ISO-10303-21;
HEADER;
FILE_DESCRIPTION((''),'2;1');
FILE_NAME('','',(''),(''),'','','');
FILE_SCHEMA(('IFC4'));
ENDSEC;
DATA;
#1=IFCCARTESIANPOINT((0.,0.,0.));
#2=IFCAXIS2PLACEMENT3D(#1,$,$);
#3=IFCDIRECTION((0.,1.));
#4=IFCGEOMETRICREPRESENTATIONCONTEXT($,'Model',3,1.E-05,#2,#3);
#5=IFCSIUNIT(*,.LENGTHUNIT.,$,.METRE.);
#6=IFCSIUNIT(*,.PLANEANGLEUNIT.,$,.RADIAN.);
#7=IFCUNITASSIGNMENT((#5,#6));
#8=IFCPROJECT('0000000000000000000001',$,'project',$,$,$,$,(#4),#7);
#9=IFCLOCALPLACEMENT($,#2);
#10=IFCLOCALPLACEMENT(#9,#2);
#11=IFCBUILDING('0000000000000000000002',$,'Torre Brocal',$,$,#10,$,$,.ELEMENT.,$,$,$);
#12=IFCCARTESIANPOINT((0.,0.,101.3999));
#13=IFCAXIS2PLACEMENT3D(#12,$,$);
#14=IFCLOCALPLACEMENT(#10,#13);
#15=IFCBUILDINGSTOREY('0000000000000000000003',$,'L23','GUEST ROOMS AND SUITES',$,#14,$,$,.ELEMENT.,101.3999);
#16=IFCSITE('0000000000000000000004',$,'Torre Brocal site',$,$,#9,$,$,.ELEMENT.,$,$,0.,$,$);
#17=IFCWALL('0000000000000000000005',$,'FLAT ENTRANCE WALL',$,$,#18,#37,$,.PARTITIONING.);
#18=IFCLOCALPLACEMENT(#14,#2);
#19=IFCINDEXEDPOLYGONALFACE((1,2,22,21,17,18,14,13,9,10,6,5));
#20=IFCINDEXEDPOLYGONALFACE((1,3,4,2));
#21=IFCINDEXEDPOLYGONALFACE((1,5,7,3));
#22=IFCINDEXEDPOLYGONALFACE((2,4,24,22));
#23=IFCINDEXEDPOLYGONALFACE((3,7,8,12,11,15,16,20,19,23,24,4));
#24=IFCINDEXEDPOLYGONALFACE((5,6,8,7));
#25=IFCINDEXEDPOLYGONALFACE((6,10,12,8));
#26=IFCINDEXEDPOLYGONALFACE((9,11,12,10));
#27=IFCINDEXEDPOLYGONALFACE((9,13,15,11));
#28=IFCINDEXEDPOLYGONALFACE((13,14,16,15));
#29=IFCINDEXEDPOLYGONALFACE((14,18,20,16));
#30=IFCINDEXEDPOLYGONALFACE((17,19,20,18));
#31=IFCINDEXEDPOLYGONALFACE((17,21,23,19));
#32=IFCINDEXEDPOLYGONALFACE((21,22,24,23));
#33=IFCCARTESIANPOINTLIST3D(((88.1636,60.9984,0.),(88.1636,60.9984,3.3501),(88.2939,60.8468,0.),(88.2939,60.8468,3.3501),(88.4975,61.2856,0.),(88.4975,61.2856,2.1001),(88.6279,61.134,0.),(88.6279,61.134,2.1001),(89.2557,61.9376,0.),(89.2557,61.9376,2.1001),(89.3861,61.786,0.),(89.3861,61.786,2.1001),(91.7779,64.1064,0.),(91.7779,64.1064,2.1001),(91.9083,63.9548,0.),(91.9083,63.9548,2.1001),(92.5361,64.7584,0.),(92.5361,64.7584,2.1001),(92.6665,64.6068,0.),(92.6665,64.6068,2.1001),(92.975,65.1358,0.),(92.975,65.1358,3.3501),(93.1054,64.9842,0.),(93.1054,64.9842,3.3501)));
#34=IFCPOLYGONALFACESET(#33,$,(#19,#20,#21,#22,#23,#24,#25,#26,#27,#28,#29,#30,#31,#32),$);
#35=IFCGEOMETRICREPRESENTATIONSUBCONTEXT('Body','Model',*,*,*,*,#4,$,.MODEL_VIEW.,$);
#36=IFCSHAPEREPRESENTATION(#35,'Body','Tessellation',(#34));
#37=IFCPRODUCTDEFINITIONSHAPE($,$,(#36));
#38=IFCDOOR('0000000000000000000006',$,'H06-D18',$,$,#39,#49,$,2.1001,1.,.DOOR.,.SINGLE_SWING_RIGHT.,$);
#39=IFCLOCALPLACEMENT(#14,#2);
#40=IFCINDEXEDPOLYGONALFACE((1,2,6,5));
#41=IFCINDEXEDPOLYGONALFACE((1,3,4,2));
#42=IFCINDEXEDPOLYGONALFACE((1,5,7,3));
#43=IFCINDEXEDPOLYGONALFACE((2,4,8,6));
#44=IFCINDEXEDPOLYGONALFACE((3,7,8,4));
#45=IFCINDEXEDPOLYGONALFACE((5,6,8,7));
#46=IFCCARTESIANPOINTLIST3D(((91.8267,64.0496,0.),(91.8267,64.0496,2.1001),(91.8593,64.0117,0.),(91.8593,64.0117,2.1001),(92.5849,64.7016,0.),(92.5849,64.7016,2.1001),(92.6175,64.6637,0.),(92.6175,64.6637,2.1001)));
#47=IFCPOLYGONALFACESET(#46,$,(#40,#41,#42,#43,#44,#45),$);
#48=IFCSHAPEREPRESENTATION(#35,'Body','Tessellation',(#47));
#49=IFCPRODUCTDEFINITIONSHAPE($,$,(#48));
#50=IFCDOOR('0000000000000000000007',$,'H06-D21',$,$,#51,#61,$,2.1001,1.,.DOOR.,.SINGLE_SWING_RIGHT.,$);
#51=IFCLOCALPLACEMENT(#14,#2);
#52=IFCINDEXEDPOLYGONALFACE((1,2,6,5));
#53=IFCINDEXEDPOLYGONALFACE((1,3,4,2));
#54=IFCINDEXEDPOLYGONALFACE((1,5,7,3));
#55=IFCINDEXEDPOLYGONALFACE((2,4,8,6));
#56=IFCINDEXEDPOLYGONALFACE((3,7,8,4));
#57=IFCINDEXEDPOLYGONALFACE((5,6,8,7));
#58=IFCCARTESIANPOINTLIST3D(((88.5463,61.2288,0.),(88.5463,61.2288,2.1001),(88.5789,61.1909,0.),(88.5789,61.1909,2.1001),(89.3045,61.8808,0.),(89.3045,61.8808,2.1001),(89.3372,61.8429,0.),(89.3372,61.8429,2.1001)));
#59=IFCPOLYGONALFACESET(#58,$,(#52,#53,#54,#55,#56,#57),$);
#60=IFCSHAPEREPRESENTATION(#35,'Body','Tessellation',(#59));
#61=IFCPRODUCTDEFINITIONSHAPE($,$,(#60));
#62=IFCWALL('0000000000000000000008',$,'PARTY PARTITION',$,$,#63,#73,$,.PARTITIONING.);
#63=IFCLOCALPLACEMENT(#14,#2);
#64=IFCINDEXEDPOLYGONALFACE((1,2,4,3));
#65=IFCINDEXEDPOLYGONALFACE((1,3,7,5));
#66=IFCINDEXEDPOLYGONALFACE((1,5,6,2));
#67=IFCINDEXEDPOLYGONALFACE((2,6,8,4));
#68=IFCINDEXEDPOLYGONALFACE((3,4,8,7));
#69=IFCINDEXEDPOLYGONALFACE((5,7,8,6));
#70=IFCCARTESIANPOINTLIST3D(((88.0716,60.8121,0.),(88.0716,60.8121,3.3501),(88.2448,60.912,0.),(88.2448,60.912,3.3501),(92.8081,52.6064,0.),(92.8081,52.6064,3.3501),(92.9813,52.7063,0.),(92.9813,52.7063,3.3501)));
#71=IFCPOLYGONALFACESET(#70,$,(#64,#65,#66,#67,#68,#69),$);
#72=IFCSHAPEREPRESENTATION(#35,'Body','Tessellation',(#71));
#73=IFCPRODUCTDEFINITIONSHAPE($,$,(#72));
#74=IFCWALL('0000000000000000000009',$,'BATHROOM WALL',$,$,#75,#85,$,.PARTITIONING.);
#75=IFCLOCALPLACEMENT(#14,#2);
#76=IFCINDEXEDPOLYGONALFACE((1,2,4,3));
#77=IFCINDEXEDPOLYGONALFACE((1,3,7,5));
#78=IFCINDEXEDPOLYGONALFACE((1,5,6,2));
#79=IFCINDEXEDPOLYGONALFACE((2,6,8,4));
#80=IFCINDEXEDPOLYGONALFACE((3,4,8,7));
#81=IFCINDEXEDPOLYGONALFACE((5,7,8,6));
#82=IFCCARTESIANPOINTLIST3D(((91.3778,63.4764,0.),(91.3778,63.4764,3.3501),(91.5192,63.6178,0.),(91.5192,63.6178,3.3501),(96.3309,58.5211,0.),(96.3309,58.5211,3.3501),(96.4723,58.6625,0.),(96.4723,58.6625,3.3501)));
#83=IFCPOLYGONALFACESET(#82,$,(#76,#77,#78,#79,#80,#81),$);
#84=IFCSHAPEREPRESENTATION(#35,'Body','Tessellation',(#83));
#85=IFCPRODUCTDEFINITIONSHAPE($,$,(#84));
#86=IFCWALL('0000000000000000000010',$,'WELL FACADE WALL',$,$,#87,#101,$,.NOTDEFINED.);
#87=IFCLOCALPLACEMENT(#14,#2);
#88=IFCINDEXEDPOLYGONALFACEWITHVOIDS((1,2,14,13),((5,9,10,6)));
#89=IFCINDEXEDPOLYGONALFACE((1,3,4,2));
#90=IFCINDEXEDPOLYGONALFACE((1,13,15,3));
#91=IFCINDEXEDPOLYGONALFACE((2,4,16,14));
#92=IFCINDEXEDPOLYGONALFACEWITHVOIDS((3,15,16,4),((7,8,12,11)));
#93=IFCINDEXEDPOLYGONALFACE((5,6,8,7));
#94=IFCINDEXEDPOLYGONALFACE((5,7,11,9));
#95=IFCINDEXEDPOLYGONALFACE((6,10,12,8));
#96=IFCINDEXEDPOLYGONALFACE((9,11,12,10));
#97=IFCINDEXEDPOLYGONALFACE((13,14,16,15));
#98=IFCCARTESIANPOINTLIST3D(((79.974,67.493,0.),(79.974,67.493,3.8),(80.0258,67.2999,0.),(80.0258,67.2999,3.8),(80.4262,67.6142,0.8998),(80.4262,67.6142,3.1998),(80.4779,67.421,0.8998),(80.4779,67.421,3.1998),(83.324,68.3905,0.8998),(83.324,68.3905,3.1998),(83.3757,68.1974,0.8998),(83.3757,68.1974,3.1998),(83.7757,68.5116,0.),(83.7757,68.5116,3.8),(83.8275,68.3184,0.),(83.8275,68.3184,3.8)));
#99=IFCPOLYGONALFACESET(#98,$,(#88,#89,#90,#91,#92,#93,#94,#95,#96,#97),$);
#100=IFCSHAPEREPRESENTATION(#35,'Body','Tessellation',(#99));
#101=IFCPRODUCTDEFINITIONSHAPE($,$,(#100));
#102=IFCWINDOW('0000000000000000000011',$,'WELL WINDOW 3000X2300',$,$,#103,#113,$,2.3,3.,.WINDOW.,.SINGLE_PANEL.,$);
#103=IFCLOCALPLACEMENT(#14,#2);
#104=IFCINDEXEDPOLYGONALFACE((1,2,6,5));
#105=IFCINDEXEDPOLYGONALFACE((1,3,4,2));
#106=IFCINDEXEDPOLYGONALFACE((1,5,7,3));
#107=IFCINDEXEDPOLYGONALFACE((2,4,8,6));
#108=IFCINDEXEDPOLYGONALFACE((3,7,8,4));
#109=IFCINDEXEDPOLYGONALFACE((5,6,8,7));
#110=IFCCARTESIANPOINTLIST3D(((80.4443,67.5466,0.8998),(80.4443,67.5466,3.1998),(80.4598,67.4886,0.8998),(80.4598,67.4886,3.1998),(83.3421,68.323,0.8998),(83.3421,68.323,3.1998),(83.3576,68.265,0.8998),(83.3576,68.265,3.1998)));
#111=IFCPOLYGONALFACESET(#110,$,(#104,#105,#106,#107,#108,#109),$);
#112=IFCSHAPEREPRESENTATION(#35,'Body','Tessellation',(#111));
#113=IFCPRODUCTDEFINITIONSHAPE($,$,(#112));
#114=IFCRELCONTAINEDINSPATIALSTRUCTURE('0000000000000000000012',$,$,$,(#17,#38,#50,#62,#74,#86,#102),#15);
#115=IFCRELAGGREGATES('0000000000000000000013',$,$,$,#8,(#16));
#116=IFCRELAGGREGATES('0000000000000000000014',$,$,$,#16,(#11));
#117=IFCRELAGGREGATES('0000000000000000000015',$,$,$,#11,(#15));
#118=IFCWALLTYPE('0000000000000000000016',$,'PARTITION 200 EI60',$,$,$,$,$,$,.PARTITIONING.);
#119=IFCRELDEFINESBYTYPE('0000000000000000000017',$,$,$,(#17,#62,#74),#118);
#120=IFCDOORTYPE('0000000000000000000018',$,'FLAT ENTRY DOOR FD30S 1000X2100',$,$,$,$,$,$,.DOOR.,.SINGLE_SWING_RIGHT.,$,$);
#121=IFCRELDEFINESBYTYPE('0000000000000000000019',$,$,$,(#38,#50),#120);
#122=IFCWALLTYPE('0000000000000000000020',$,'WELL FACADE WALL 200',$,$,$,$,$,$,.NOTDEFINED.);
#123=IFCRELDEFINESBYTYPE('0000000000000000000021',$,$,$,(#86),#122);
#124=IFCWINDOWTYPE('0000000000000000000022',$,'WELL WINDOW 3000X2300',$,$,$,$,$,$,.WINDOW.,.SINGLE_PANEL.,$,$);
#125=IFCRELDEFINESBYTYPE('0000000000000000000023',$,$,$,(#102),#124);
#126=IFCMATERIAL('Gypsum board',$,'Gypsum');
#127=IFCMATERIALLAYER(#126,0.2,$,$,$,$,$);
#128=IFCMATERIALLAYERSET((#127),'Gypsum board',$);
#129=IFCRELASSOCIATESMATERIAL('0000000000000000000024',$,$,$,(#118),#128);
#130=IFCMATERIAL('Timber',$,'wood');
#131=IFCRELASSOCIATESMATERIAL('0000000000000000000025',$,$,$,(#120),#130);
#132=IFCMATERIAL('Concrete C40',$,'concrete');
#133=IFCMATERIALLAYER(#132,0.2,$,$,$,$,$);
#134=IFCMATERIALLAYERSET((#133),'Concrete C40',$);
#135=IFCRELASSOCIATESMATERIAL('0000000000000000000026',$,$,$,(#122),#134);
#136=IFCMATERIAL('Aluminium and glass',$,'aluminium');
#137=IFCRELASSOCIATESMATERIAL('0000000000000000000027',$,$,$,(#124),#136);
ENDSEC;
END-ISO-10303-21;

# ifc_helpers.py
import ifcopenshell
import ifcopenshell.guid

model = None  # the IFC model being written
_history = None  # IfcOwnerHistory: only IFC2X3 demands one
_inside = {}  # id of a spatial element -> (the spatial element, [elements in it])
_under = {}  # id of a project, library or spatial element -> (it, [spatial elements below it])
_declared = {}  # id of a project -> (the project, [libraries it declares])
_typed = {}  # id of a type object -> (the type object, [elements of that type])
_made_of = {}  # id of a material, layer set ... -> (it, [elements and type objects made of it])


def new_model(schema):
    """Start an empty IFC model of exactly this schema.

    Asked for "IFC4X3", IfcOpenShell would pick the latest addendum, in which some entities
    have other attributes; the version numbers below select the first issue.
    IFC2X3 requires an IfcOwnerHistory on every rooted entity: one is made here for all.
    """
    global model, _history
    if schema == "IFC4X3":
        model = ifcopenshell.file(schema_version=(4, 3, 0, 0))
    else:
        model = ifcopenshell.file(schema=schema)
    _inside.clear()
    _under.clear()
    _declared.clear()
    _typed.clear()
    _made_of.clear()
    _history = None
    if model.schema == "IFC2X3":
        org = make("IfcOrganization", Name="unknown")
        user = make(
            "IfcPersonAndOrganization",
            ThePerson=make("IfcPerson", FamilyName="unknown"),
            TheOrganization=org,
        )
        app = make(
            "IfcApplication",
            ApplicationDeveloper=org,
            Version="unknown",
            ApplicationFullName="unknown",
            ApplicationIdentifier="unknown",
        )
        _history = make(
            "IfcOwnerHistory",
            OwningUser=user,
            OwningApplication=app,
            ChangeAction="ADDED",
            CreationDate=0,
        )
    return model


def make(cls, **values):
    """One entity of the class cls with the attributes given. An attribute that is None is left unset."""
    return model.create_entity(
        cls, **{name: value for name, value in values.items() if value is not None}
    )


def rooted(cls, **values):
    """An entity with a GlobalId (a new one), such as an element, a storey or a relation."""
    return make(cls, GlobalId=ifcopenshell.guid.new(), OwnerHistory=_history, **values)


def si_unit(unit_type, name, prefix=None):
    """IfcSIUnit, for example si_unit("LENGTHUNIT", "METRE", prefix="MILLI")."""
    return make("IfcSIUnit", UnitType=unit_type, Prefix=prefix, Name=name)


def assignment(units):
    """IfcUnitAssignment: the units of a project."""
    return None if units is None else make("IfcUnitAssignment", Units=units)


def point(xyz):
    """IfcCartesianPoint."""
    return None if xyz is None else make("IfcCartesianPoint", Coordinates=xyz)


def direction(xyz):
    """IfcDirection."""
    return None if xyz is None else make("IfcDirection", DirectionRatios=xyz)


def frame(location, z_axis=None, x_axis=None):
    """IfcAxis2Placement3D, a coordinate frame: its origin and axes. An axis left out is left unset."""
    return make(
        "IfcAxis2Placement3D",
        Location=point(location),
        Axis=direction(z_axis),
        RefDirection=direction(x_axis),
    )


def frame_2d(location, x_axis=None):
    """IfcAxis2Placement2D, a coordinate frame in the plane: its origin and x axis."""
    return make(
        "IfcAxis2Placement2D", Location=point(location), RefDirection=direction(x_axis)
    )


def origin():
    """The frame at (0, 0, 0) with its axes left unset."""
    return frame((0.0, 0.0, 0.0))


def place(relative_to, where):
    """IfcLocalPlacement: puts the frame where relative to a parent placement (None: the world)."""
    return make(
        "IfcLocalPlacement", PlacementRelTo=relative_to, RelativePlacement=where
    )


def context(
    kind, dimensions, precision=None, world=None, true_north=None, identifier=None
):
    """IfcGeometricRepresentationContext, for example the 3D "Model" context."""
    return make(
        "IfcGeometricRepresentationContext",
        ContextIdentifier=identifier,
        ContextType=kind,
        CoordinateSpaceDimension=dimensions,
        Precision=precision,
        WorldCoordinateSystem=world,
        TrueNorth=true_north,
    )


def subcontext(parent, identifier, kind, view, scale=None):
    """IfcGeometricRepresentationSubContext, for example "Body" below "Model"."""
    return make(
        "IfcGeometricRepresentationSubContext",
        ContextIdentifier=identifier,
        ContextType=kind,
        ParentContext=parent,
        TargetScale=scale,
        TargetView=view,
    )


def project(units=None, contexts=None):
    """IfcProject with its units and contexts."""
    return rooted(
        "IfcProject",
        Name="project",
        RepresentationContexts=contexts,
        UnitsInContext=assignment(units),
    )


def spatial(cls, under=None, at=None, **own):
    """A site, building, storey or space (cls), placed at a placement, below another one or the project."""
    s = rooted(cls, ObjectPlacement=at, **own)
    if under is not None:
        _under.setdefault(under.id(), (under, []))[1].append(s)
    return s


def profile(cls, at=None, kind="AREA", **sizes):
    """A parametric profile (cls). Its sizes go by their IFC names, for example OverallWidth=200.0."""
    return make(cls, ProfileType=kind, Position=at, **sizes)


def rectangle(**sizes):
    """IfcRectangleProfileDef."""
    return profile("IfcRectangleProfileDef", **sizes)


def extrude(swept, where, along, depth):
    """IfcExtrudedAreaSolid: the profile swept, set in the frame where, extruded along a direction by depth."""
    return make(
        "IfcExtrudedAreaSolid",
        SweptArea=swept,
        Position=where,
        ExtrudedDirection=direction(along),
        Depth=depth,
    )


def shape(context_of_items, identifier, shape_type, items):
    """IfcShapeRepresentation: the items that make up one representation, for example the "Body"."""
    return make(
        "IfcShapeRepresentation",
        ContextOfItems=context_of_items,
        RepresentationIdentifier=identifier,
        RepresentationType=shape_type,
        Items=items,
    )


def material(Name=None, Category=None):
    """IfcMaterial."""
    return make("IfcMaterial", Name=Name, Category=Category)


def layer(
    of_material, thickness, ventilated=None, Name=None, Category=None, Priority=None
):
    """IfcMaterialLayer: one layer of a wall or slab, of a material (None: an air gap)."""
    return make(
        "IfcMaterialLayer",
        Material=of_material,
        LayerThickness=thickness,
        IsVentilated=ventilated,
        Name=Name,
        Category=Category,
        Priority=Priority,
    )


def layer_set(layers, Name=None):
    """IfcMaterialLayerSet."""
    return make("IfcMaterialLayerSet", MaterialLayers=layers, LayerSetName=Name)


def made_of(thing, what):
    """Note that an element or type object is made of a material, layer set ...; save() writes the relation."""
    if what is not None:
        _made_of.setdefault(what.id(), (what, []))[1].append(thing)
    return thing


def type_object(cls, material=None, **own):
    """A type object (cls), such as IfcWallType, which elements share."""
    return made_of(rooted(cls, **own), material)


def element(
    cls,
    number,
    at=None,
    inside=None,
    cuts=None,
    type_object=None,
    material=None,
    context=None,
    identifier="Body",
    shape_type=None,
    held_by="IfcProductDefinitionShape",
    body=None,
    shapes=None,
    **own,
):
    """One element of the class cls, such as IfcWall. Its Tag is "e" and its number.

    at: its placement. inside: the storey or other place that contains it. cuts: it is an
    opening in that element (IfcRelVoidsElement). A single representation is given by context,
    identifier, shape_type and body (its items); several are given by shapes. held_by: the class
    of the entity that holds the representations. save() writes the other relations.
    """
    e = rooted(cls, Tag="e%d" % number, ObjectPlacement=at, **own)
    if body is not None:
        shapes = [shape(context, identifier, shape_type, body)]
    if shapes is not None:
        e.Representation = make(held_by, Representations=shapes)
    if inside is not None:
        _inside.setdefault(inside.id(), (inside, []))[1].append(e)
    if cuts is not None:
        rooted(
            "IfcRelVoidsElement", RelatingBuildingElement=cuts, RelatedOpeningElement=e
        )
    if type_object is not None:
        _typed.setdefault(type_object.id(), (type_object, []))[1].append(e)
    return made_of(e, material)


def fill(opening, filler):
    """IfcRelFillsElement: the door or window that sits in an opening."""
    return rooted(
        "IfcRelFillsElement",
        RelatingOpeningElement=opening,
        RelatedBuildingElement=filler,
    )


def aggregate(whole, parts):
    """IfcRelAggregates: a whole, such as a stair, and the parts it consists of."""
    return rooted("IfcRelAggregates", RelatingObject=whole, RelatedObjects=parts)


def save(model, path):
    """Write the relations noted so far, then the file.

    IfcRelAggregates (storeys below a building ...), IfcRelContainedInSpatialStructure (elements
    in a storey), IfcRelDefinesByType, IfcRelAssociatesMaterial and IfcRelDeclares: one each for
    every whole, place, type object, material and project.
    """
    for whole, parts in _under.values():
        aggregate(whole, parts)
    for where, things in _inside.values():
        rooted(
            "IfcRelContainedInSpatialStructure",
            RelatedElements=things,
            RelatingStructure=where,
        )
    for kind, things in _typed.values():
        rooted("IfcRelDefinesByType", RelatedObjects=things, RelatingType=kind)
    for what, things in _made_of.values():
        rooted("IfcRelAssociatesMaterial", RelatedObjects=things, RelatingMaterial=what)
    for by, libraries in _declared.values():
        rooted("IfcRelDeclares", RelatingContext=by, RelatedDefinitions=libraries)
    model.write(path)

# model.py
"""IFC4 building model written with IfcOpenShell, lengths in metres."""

from ifc_helpers import new_model, si_unit, direction, frame, frame_2d, origin, place, context, subcontext, project, spatial, rectangle, extrude, material, layer, layer_set, type_object, element, fill, save


model = new_model("IFC4")

# Units and contexts
model_context = context("Model", 3, precision=1e-05, world=origin(), true_north=direction((0.0, 1.0)))
body_context = subcontext(model_context, "Body", "Model", "MODEL_VIEW")
ifc_project = project(units=[si_unit("LENGTHUNIT", "METRE"), si_unit("PLANEANGLEUNIT", "RADIAN")], contexts=[model_context])

# Site, building, storey
site_placement = place(None, origin())
site = spatial("IfcSite", under=ifc_project, at=site_placement, Name="Torre Brocal site", CompositionType="ELEMENT", RefElevation=0.0)
building_placement = place(site_placement, origin())
building = spatial("IfcBuilding", under=site, at=building_placement, Name="Torre Brocal", CompositionType="ELEMENT")
storey_placement = place(building_placement, frame((0.0, 0.0, 101.3999)))
storey = spatial("IfcBuildingStorey", under=building, at=storey_placement, Name="L23", Description="GUEST ROOMS AND SUITES", CompositionType="ELEMENT", Elevation=101.3999)

# Shared definitions
ifc_material_1 = material(Name="Gypsum board", Category="Gypsum")
ifc_layer_1 = layer(ifc_material_1, 0.2)
ifc_layer_set_1 = layer_set([ifc_layer_1], Name="Gypsum board")
wall_type_1 = type_object("IfcWallType", Name="PARTITION 200 EI60", PredefinedType="PARTITIONING", material=ifc_layer_set_1)

# Wall, openings, doors
wall_1_placement = place(storey_placement, frame((88.2288, 60.9226, 0.0), z_axis=(0.0, 0.0, 1.0), x_axis=(0.758221, 0.651998, 0.0)))
wall_1 = element("IfcWall", 1, at=wall_1_placement, inside=storey, type_object=wall_type_1, Name="FLAT ENTRANCE WALL", PredefinedType="PARTITIONING", context=body_context, shape_type="SweptSolid", body=[
    extrude(rectangle(XDim=6.3457, YDim=0.2, at=frame_2d((3.1729, 0.0))), origin(), (0.0, 0.0, 1.0), 3.3501),
])
opening_1_placement = place(wall_1_placement, frame((4.7668, 0.0, 0.0)))
opening_1 = element("IfcOpeningElement", 2, at=opening_1_placement, cuts=wall_1, PredefinedType="OPENING", context=body_context, shape_type="SweptSolid", body=[
    extrude(rectangle(XDim=1.0, YDim=2.1001, at=frame_2d((0.5, 1.05))), frame((0.0, 0.1099, 0.0), z_axis=(0.0, -1.0, 0.0), x_axis=(1.0, 0.0, 0.0)), (0.0, 0.0, 1.0), 0.22),
])
opening_2_placement = place(wall_1_placement, frame((0.4404, 0.0, 0.0)))
opening_2 = element("IfcOpeningElement", 3, at=opening_2_placement, cuts=wall_1, PredefinedType="OPENING", context=body_context, shape_type="SweptSolid", body=[
    extrude(rectangle(XDim=1.0, YDim=2.1001, at=frame_2d((0.5, 1.05))), frame((0.0, 0.1099, 0.0), z_axis=(0.0, -1.0, 0.0), x_axis=(1.0, 0.0, 0.0)), (0.0, 0.0, 1.0), 0.22),
])
ifc_material_2 = material(Name="Timber", Category="wood")
door_type_1 = type_object("IfcDoorType", Name="FLAT ENTRY DOOR FD30S 1000X2100", OperationType="SINGLE_SWING_RIGHT", PredefinedType="DOOR", material=ifc_material_2)
door_1_placement = place(opening_1_placement, frame((1.0, 0.0, 0.0), z_axis=(0.0, 0.0, 1.0), x_axis=(-1.0, 0.0, 0.0)))
door_1 = element("IfcDoor", 4, at=door_1_placement, inside=storey, type_object=door_type_1, Name="H06-D18", OperationType="SINGLE_SWING_RIGHT", OverallHeight=2.1001, OverallWidth=1.0, PredefinedType="DOOR", context=body_context, shape_type="SweptSolid", body=[
    extrude(rectangle(XDim=1.0, YDim=2.1001, at=frame_2d((0.5, 1.05))), frame((0.0, 0.0249, 0.0), z_axis=(0.0, -1.0, 0.0), x_axis=(1.0, 0.0, 0.0)), (0.0, 0.0, 1.0), 0.05),
])
fill(opening_1, door_1)
door_2_placement = place(opening_2_placement, frame((1.0, 0.0, 0.0), z_axis=(0.0, 0.0, 1.0), x_axis=(-1.0, 0.0, 0.0)))
door_2 = element("IfcDoor", 5, at=door_2_placement, inside=storey, type_object=door_type_1, Name="H06-D21", OperationType="SINGLE_SWING_RIGHT", OverallHeight=2.1001, OverallWidth=1.0, PredefinedType="DOOR", context=body_context, shape_type="SweptSolid", body=[
    extrude(rectangle(XDim=1.0, YDim=2.1001, at=frame_2d((0.5, 1.05))), frame((0.0, 0.0249, 0.0), z_axis=(0.0, -1.0, 0.0), x_axis=(1.0, 0.0, 0.0)), (0.0, 0.0, 1.0), 0.05),
])
fill(opening_2, door_2)

# Walls
wall_2_placement = place(storey_placement, frame((88.1582, 60.8621, 0.0), z_axis=(0.0, 0.0, 1.0), x_axis=(0.499917, -0.866074, 0.0)))
element("IfcWall", 6, at=wall_2_placement, inside=storey, type_object=wall_type_1, Name="PARTY PARTITION", PredefinedType="PARTITIONING", context=body_context, shape_type="SweptSolid", body=[
    extrude(rectangle(XDim=9.4746, YDim=0.2, at=frame_2d((4.7373, 0.0))), origin(), (0.0, 0.0, 1.0), 3.3501),
])
wall_3_placement = place(storey_placement, frame((91.4485, 63.5471, 0.0), z_axis=(0.0, 0.0, 1.0), x_axis=(0.70695, -0.707264, 0.0)))
element("IfcWall", 7, at=wall_3_placement, inside=storey, type_object=wall_type_1, Name="BATHROOM WALL", PredefinedType="PARTITIONING", context=body_context, shape_type="SweptSolid", body=[
    extrude(rectangle(XDim=7.0063, YDim=0.2, at=frame_2d((3.5032, 0.0))), origin(), (0.0, 0.0, 1.0), 3.3501),
])

# Wall, opening, window
ifc_material_3 = material(Name="Concrete C40", Category="concrete")
ifc_layer_2 = layer(ifc_material_3, 0.2)
ifc_layer_set_2 = layer_set([ifc_layer_2], Name="Concrete C40")
wall_type_2 = type_object("IfcWallType", Name="WELL FACADE WALL 200", PredefinedType="NOTDEFINED", material=ifc_layer_set_2)
wall_4_placement = place(storey_placement, frame((80.0, 67.3965, 0.0), z_axis=(0.0, 0.0, 1.0), x_axis=(0.965934, 0.25879, 0.0)))
wall_4 = element("IfcWall", 8, at=wall_4_placement, inside=storey, type_object=wall_type_2, Name="WELL FACADE WALL", PredefinedType="NOTDEFINED", context=body_context, shape_type="SweptSolid", body=[
    extrude(rectangle(XDim=3.9358, YDim=0.2, at=frame_2d((1.9678, 0.0))), origin(), (0.0, 0.0, 1.0), 3.8),
])
opening_3_placement = place(wall_4_placement, frame((0.468, 0.0, 0.8999)))
opening_3 = element("IfcOpeningElement", 9, at=opening_3_placement, cuts=wall_4, PredefinedType="OPENING", context=body_context, shape_type="SweptSolid", body=[
    extrude(rectangle(XDim=3.0, YDim=2.3, at=frame_2d((1.5, 1.1499))), frame((0.0, 0.1099, 0.0), z_axis=(0.0, -1.0, 0.0), x_axis=(1.0, 0.0, 0.0)), (0.0, 0.0, 1.0), 0.22),
])
ifc_material_4 = material(Name="Aluminium and glass", Category="aluminium")
window_type = type_object("IfcWindowType", Name="WELL WINDOW 3000X2300", PartitioningType="SINGLE_PANEL", PredefinedType="WINDOW", material=ifc_material_4)
window_placement = place(opening_3_placement, origin())
window = element("IfcWindow", 10, at=window_placement, inside=storey, type_object=window_type, Name="WELL WINDOW 3000X2300", OverallHeight=2.3, OverallWidth=3.0, PartitioningType="SINGLE_PANEL", PredefinedType="WINDOW", context=body_context, shape_type="SweptSolid", body=[
    extrude(rectangle(XDim=3.0, YDim=2.3, at=frame_2d((1.5, 1.1499))), frame((0.0, 0.03, 0.0), z_axis=(0.0, -1.0, 0.0), x_axis=(1.0, 0.0, 0.0)), (0.0, 0.0, 1.0), 0.0601),
])
fill(opening_3, window)

save(model, "model.ifc")
